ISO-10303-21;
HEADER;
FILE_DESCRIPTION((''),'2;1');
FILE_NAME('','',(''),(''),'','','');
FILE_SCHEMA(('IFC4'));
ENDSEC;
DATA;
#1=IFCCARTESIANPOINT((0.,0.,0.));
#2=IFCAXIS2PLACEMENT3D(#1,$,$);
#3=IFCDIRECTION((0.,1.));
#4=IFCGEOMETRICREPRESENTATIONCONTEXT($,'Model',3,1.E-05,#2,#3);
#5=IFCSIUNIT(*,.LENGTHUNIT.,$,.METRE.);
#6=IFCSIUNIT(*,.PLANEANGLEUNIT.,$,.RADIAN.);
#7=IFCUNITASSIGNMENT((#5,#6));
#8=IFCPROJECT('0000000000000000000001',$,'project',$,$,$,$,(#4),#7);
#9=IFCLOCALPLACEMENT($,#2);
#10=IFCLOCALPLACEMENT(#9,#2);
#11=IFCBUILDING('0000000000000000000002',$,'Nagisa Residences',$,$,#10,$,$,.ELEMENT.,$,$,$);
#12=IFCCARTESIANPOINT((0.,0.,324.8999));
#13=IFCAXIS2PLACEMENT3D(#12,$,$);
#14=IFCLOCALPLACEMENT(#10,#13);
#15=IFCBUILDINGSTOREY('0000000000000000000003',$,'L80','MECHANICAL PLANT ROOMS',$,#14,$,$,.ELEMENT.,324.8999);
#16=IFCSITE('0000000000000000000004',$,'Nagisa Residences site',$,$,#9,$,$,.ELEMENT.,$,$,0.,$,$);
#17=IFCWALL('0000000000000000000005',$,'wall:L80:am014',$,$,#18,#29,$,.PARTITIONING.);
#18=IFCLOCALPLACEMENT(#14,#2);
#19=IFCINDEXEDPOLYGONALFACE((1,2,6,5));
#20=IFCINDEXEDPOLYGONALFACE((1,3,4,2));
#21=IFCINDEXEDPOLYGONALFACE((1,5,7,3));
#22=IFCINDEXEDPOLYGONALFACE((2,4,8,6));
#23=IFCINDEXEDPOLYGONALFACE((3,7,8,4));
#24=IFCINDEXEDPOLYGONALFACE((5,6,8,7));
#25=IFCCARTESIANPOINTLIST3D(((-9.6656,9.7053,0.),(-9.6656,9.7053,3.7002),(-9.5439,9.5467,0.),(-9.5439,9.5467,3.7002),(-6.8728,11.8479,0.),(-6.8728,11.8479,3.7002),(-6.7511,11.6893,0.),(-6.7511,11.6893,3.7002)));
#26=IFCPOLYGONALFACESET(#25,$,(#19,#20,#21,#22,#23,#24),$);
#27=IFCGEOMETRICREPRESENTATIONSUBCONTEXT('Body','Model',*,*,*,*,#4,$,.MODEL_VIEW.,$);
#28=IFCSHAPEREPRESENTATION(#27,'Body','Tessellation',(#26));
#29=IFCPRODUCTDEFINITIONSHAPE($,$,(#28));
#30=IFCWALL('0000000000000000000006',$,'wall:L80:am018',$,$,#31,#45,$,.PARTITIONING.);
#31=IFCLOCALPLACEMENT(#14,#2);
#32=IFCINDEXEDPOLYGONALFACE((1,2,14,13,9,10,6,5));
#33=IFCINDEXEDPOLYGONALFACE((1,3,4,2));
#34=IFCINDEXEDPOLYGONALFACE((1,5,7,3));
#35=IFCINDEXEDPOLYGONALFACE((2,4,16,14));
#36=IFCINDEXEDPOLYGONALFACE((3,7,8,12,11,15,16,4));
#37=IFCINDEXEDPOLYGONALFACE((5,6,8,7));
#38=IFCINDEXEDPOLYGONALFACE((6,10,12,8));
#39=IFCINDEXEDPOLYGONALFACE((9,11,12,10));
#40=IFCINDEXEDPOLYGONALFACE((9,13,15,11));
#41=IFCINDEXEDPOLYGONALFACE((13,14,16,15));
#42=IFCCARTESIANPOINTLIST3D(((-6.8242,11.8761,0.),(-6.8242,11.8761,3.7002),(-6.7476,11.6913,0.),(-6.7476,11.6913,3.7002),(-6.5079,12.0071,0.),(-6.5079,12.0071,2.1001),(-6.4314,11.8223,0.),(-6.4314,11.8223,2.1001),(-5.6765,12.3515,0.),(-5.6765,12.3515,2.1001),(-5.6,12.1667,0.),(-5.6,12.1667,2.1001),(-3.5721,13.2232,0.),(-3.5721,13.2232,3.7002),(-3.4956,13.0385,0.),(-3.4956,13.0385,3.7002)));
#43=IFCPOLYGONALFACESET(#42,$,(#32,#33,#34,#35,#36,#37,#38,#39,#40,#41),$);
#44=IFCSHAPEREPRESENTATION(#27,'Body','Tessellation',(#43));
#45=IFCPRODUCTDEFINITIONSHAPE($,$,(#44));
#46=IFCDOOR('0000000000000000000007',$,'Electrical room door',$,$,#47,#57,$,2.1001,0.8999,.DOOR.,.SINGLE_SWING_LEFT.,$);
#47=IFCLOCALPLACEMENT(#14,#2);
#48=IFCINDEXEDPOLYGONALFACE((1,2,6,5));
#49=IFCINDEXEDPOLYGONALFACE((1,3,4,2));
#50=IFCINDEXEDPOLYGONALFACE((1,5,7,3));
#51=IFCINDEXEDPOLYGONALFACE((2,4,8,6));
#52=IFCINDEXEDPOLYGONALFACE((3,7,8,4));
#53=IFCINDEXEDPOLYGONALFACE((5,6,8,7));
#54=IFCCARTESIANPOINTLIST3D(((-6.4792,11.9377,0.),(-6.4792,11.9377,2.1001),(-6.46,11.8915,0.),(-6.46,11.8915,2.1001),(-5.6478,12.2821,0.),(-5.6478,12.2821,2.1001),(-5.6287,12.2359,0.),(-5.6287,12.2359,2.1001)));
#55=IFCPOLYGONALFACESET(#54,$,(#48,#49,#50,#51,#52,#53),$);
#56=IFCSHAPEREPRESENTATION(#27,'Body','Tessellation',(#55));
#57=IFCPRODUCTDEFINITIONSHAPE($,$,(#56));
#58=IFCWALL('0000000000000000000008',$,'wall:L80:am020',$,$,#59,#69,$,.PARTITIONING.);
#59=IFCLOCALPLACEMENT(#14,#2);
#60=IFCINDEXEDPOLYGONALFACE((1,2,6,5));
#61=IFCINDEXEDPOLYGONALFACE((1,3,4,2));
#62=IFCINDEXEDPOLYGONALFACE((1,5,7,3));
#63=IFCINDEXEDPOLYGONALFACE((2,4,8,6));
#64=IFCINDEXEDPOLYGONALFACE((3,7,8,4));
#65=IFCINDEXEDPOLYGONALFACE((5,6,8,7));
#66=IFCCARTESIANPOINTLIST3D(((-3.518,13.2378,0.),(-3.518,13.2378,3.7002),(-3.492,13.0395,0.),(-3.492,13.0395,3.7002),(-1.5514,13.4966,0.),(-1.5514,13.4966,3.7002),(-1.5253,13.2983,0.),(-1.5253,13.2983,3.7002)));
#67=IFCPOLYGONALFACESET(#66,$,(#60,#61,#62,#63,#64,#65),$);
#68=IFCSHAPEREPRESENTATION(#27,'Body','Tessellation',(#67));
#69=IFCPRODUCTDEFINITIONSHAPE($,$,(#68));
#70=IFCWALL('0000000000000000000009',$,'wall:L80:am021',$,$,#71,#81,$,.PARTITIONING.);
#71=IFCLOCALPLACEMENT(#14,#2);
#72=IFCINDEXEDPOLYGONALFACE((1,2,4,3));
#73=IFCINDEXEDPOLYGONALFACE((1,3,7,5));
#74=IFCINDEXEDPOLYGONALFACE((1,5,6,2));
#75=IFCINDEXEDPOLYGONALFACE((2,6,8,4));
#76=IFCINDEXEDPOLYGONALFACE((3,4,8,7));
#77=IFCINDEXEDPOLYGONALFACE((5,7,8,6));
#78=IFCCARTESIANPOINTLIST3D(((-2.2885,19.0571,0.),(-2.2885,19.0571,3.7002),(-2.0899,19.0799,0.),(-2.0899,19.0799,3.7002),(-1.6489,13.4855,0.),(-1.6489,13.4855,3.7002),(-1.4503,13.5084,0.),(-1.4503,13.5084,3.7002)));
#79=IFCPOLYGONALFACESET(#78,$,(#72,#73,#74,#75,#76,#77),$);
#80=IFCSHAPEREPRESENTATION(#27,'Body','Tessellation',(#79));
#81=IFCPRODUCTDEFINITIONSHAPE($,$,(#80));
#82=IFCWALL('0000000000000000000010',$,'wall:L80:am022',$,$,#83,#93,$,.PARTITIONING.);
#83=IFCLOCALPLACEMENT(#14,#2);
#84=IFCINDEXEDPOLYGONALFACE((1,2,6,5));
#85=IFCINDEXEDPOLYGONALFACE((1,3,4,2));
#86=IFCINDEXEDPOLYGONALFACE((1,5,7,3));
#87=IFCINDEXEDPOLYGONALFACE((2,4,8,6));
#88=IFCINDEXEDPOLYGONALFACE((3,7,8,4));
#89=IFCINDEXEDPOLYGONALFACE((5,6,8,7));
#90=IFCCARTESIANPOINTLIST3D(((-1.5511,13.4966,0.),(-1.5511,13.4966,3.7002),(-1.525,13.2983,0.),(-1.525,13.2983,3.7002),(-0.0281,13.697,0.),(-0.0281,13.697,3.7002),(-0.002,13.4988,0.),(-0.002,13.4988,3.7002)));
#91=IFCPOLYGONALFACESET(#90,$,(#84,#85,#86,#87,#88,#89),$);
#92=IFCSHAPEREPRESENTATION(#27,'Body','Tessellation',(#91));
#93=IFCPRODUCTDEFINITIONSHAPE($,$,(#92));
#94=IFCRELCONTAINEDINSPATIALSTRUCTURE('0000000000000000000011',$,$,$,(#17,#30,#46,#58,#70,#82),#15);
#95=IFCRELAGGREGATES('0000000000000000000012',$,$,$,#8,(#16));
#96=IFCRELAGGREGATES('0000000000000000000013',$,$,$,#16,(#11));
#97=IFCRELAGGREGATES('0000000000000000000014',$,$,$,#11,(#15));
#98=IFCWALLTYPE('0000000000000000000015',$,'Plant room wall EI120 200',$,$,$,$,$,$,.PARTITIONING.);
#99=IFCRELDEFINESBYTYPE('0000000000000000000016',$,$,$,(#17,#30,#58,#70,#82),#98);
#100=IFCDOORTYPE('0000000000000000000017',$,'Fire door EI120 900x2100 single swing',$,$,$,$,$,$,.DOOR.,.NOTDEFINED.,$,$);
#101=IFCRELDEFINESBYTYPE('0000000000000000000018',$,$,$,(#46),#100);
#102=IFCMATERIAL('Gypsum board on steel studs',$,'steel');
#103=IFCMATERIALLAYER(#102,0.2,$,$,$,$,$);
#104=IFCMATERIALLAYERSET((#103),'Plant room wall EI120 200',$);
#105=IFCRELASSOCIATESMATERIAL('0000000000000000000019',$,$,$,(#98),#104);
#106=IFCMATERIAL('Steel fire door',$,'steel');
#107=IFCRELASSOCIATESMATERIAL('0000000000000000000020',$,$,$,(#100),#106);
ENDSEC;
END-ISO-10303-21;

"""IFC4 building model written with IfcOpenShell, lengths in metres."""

from ifc_helpers import new_model, si_unit, direction, frame, frame_2d, origin, place, context, subcontext, project, spatial, rectangle, extrude, material, layer, layer_set, type_object, element, fill, save


model = new_model("IFC4")

# Units and contexts
model_context = context("Model", 3, precision=1e-05, world=origin(), true_north=direction((0.0, 1.0)))
body_context = subcontext(model_context, "Body", "Model", "MODEL_VIEW")
ifc_project = project(units=[si_unit("LENGTHUNIT", "METRE"), si_unit("PLANEANGLEUNIT", "RADIAN")], contexts=[model_context])

# Site, building, storey
site_placement = place(None, origin())
site = spatial("IfcSite", under=ifc_project, at=site_placement, Name="Nagisa Residences site", CompositionType="ELEMENT", RefElevation=0.0)
building_placement = place(site_placement, origin())
building = spatial("IfcBuilding", under=site, at=building_placement, Name="Nagisa Residences", CompositionType="ELEMENT")
storey_placement = place(building_placement, frame((0.0, 0.0, 324.8999)))
storey = spatial("IfcBuildingStorey", under=building, at=storey_placement, Name="L80", Description="MECHANICAL PLANT ROOMS", CompositionType="ELEMENT", Elevation=324.8999)

# Wall
ifc_material_1 = material(Name="Gypsum board on steel studs", Category="steel")
ifc_layer_1 = layer(ifc_material_1, 0.2)
ifc_layer_set_1 = layer_set([ifc_layer_1], Name="Plant room wall EI120 200")
wall_type_1 = type_object("IfcWallType", Name="Plant room wall EI120 200", PredefinedType="PARTITIONING", material=ifc_layer_set_1)
wall_1_placement = place(storey_placement, frame((-9.6047, 9.626, 0.0), z_axis=(0.0, 0.0, 1.0), x_axis=(0.793402, 0.608698, 0.0)))
element("IfcWall", 1, at=wall_1_placement, inside=storey, type_object=wall_type_1, Name="wall:L80:am014", PredefinedType="PARTITIONING", context=body_context, shape_type="SweptSolid", body=[
    extrude(rectangle(XDim=3.52, YDim=0.2, at=frame_2d((1.76, 0.0))), origin(), (0.0, 0.0, 1.0), 3.7002),
])

# Wall, opening, door
wall_2_placement = place(storey_placement, frame((-6.7859, 11.7837, 0.0), z_axis=(0.0, 0.0, 1.0), x_axis=(0.923863, 0.382723, 0.0)))
wall_2 = element("IfcWall", 2, at=wall_2_placement, inside=storey, type_object=wall_type_1, Name="wall:L80:am018", PredefinedType="PARTITIONING", context=body_context, shape_type="SweptSolid", body=[
    extrude(rectangle(XDim=3.52, YDim=0.2, at=frame_2d((1.76, 0.0))), origin(), (0.0, 0.0, 1.0), 3.7002),
])
opening_1_placement = place(wall_2_placement, frame((0.3423, 0.0, 0.0)))
opening_1 = element("IfcOpeningElement", 3, at=opening_1_placement, cuts=wall_2, PredefinedType="OPENING", context=body_context, shape_type="SweptSolid", body=[
    extrude(rectangle(XDim=0.8999, YDim=2.1001, at=frame_2d((0.45, 1.05))), frame((0.0, 0.1099, 0.0), z_axis=(0.0, -1.0, 0.0), x_axis=(1.0, 0.0, 0.0)), (0.0, 0.0, 1.0), 0.22),
])
ifc_material_2 = material(Name="Steel fire door", Category="steel")
door_type_1 = type_object("IfcDoorType", Name="Fire door EI120 900x2100 single swing", OperationType="NOTDEFINED", PredefinedType="DOOR", material=ifc_material_2)
door_1_placement = place(opening_1_placement, origin())
door_1 = element("IfcDoor", 4, at=door_1_placement, inside=storey, type_object=door_type_1, Name="Electrical room door", OperationType="SINGLE_SWING_LEFT", OverallHeight=2.1001, OverallWidth=0.8999, PredefinedType="DOOR", context=body_context, shape_type="SweptSolid", body=[
    extrude(rectangle(XDim=0.8999, YDim=2.1001, at=frame_2d((0.45, 1.05))), frame((0.0, 0.0249, 0.0), z_axis=(0.0, -1.0, 0.0), x_axis=(1.0, 0.0, 0.0)), (0.0, 0.0, 1.0), 0.05),
])
fill(opening_1, door_1)

# Walls
wall_3_placement = place(storey_placement, frame((-3.5049, 13.1387, 0.0), z_axis=(0.0, 0.0, 1.0), x_axis=(0.991454, 0.130455, 0.0)))
element("IfcWall", 5, at=wall_3_placement, inside=storey, type_object=wall_type_1, Name="wall:L80:am020", PredefinedType="PARTITIONING", context=body_context, shape_type="SweptSolid", body=[
    extrude(rectangle(XDim=1.9836, YDim=0.2, at=frame_2d((0.9917, 0.0))), origin(), (0.0, 0.0, 1.0), 3.7002),
])
wall_4_placement = place(storey_placement, frame((-1.5496, 13.4968, 0.0), z_axis=(0.0, 0.0, 1.0), x_axis=(-0.114057, 0.993474, 0.0)))
element("IfcWall", 6, at=wall_4_placement, inside=storey, type_object=wall_type_1, Name="wall:L80:am021", PredefinedType="PARTITIONING", context=body_context, shape_type="SweptSolid", body=[
    extrude(rectangle(XDim=5.6082, YDim=0.2, at=frame_2d((2.8042, 0.0))), origin(), (0.0, 0.0, 1.0), 3.7002),
])
wall_5_placement = place(storey_placement, frame((-1.5381, 13.3975, 0.0), z_axis=(0.0, 0.0, 1.0), x_axis=(0.99145, 0.130487, 0.0)))
element("IfcWall", 7, at=wall_5_placement, inside=storey, type_object=wall_type_1, Name="wall:L80:am022", PredefinedType="PARTITIONING", context=body_context, shape_type="SweptSolid", body=[
    extrude(rectangle(XDim=1.5361, YDim=0.2, at=frame_2d((0.7681, 0.0))), origin(), (0.0, 0.0, 1.0), 3.7002),
])

save(model, "model.ifc")
